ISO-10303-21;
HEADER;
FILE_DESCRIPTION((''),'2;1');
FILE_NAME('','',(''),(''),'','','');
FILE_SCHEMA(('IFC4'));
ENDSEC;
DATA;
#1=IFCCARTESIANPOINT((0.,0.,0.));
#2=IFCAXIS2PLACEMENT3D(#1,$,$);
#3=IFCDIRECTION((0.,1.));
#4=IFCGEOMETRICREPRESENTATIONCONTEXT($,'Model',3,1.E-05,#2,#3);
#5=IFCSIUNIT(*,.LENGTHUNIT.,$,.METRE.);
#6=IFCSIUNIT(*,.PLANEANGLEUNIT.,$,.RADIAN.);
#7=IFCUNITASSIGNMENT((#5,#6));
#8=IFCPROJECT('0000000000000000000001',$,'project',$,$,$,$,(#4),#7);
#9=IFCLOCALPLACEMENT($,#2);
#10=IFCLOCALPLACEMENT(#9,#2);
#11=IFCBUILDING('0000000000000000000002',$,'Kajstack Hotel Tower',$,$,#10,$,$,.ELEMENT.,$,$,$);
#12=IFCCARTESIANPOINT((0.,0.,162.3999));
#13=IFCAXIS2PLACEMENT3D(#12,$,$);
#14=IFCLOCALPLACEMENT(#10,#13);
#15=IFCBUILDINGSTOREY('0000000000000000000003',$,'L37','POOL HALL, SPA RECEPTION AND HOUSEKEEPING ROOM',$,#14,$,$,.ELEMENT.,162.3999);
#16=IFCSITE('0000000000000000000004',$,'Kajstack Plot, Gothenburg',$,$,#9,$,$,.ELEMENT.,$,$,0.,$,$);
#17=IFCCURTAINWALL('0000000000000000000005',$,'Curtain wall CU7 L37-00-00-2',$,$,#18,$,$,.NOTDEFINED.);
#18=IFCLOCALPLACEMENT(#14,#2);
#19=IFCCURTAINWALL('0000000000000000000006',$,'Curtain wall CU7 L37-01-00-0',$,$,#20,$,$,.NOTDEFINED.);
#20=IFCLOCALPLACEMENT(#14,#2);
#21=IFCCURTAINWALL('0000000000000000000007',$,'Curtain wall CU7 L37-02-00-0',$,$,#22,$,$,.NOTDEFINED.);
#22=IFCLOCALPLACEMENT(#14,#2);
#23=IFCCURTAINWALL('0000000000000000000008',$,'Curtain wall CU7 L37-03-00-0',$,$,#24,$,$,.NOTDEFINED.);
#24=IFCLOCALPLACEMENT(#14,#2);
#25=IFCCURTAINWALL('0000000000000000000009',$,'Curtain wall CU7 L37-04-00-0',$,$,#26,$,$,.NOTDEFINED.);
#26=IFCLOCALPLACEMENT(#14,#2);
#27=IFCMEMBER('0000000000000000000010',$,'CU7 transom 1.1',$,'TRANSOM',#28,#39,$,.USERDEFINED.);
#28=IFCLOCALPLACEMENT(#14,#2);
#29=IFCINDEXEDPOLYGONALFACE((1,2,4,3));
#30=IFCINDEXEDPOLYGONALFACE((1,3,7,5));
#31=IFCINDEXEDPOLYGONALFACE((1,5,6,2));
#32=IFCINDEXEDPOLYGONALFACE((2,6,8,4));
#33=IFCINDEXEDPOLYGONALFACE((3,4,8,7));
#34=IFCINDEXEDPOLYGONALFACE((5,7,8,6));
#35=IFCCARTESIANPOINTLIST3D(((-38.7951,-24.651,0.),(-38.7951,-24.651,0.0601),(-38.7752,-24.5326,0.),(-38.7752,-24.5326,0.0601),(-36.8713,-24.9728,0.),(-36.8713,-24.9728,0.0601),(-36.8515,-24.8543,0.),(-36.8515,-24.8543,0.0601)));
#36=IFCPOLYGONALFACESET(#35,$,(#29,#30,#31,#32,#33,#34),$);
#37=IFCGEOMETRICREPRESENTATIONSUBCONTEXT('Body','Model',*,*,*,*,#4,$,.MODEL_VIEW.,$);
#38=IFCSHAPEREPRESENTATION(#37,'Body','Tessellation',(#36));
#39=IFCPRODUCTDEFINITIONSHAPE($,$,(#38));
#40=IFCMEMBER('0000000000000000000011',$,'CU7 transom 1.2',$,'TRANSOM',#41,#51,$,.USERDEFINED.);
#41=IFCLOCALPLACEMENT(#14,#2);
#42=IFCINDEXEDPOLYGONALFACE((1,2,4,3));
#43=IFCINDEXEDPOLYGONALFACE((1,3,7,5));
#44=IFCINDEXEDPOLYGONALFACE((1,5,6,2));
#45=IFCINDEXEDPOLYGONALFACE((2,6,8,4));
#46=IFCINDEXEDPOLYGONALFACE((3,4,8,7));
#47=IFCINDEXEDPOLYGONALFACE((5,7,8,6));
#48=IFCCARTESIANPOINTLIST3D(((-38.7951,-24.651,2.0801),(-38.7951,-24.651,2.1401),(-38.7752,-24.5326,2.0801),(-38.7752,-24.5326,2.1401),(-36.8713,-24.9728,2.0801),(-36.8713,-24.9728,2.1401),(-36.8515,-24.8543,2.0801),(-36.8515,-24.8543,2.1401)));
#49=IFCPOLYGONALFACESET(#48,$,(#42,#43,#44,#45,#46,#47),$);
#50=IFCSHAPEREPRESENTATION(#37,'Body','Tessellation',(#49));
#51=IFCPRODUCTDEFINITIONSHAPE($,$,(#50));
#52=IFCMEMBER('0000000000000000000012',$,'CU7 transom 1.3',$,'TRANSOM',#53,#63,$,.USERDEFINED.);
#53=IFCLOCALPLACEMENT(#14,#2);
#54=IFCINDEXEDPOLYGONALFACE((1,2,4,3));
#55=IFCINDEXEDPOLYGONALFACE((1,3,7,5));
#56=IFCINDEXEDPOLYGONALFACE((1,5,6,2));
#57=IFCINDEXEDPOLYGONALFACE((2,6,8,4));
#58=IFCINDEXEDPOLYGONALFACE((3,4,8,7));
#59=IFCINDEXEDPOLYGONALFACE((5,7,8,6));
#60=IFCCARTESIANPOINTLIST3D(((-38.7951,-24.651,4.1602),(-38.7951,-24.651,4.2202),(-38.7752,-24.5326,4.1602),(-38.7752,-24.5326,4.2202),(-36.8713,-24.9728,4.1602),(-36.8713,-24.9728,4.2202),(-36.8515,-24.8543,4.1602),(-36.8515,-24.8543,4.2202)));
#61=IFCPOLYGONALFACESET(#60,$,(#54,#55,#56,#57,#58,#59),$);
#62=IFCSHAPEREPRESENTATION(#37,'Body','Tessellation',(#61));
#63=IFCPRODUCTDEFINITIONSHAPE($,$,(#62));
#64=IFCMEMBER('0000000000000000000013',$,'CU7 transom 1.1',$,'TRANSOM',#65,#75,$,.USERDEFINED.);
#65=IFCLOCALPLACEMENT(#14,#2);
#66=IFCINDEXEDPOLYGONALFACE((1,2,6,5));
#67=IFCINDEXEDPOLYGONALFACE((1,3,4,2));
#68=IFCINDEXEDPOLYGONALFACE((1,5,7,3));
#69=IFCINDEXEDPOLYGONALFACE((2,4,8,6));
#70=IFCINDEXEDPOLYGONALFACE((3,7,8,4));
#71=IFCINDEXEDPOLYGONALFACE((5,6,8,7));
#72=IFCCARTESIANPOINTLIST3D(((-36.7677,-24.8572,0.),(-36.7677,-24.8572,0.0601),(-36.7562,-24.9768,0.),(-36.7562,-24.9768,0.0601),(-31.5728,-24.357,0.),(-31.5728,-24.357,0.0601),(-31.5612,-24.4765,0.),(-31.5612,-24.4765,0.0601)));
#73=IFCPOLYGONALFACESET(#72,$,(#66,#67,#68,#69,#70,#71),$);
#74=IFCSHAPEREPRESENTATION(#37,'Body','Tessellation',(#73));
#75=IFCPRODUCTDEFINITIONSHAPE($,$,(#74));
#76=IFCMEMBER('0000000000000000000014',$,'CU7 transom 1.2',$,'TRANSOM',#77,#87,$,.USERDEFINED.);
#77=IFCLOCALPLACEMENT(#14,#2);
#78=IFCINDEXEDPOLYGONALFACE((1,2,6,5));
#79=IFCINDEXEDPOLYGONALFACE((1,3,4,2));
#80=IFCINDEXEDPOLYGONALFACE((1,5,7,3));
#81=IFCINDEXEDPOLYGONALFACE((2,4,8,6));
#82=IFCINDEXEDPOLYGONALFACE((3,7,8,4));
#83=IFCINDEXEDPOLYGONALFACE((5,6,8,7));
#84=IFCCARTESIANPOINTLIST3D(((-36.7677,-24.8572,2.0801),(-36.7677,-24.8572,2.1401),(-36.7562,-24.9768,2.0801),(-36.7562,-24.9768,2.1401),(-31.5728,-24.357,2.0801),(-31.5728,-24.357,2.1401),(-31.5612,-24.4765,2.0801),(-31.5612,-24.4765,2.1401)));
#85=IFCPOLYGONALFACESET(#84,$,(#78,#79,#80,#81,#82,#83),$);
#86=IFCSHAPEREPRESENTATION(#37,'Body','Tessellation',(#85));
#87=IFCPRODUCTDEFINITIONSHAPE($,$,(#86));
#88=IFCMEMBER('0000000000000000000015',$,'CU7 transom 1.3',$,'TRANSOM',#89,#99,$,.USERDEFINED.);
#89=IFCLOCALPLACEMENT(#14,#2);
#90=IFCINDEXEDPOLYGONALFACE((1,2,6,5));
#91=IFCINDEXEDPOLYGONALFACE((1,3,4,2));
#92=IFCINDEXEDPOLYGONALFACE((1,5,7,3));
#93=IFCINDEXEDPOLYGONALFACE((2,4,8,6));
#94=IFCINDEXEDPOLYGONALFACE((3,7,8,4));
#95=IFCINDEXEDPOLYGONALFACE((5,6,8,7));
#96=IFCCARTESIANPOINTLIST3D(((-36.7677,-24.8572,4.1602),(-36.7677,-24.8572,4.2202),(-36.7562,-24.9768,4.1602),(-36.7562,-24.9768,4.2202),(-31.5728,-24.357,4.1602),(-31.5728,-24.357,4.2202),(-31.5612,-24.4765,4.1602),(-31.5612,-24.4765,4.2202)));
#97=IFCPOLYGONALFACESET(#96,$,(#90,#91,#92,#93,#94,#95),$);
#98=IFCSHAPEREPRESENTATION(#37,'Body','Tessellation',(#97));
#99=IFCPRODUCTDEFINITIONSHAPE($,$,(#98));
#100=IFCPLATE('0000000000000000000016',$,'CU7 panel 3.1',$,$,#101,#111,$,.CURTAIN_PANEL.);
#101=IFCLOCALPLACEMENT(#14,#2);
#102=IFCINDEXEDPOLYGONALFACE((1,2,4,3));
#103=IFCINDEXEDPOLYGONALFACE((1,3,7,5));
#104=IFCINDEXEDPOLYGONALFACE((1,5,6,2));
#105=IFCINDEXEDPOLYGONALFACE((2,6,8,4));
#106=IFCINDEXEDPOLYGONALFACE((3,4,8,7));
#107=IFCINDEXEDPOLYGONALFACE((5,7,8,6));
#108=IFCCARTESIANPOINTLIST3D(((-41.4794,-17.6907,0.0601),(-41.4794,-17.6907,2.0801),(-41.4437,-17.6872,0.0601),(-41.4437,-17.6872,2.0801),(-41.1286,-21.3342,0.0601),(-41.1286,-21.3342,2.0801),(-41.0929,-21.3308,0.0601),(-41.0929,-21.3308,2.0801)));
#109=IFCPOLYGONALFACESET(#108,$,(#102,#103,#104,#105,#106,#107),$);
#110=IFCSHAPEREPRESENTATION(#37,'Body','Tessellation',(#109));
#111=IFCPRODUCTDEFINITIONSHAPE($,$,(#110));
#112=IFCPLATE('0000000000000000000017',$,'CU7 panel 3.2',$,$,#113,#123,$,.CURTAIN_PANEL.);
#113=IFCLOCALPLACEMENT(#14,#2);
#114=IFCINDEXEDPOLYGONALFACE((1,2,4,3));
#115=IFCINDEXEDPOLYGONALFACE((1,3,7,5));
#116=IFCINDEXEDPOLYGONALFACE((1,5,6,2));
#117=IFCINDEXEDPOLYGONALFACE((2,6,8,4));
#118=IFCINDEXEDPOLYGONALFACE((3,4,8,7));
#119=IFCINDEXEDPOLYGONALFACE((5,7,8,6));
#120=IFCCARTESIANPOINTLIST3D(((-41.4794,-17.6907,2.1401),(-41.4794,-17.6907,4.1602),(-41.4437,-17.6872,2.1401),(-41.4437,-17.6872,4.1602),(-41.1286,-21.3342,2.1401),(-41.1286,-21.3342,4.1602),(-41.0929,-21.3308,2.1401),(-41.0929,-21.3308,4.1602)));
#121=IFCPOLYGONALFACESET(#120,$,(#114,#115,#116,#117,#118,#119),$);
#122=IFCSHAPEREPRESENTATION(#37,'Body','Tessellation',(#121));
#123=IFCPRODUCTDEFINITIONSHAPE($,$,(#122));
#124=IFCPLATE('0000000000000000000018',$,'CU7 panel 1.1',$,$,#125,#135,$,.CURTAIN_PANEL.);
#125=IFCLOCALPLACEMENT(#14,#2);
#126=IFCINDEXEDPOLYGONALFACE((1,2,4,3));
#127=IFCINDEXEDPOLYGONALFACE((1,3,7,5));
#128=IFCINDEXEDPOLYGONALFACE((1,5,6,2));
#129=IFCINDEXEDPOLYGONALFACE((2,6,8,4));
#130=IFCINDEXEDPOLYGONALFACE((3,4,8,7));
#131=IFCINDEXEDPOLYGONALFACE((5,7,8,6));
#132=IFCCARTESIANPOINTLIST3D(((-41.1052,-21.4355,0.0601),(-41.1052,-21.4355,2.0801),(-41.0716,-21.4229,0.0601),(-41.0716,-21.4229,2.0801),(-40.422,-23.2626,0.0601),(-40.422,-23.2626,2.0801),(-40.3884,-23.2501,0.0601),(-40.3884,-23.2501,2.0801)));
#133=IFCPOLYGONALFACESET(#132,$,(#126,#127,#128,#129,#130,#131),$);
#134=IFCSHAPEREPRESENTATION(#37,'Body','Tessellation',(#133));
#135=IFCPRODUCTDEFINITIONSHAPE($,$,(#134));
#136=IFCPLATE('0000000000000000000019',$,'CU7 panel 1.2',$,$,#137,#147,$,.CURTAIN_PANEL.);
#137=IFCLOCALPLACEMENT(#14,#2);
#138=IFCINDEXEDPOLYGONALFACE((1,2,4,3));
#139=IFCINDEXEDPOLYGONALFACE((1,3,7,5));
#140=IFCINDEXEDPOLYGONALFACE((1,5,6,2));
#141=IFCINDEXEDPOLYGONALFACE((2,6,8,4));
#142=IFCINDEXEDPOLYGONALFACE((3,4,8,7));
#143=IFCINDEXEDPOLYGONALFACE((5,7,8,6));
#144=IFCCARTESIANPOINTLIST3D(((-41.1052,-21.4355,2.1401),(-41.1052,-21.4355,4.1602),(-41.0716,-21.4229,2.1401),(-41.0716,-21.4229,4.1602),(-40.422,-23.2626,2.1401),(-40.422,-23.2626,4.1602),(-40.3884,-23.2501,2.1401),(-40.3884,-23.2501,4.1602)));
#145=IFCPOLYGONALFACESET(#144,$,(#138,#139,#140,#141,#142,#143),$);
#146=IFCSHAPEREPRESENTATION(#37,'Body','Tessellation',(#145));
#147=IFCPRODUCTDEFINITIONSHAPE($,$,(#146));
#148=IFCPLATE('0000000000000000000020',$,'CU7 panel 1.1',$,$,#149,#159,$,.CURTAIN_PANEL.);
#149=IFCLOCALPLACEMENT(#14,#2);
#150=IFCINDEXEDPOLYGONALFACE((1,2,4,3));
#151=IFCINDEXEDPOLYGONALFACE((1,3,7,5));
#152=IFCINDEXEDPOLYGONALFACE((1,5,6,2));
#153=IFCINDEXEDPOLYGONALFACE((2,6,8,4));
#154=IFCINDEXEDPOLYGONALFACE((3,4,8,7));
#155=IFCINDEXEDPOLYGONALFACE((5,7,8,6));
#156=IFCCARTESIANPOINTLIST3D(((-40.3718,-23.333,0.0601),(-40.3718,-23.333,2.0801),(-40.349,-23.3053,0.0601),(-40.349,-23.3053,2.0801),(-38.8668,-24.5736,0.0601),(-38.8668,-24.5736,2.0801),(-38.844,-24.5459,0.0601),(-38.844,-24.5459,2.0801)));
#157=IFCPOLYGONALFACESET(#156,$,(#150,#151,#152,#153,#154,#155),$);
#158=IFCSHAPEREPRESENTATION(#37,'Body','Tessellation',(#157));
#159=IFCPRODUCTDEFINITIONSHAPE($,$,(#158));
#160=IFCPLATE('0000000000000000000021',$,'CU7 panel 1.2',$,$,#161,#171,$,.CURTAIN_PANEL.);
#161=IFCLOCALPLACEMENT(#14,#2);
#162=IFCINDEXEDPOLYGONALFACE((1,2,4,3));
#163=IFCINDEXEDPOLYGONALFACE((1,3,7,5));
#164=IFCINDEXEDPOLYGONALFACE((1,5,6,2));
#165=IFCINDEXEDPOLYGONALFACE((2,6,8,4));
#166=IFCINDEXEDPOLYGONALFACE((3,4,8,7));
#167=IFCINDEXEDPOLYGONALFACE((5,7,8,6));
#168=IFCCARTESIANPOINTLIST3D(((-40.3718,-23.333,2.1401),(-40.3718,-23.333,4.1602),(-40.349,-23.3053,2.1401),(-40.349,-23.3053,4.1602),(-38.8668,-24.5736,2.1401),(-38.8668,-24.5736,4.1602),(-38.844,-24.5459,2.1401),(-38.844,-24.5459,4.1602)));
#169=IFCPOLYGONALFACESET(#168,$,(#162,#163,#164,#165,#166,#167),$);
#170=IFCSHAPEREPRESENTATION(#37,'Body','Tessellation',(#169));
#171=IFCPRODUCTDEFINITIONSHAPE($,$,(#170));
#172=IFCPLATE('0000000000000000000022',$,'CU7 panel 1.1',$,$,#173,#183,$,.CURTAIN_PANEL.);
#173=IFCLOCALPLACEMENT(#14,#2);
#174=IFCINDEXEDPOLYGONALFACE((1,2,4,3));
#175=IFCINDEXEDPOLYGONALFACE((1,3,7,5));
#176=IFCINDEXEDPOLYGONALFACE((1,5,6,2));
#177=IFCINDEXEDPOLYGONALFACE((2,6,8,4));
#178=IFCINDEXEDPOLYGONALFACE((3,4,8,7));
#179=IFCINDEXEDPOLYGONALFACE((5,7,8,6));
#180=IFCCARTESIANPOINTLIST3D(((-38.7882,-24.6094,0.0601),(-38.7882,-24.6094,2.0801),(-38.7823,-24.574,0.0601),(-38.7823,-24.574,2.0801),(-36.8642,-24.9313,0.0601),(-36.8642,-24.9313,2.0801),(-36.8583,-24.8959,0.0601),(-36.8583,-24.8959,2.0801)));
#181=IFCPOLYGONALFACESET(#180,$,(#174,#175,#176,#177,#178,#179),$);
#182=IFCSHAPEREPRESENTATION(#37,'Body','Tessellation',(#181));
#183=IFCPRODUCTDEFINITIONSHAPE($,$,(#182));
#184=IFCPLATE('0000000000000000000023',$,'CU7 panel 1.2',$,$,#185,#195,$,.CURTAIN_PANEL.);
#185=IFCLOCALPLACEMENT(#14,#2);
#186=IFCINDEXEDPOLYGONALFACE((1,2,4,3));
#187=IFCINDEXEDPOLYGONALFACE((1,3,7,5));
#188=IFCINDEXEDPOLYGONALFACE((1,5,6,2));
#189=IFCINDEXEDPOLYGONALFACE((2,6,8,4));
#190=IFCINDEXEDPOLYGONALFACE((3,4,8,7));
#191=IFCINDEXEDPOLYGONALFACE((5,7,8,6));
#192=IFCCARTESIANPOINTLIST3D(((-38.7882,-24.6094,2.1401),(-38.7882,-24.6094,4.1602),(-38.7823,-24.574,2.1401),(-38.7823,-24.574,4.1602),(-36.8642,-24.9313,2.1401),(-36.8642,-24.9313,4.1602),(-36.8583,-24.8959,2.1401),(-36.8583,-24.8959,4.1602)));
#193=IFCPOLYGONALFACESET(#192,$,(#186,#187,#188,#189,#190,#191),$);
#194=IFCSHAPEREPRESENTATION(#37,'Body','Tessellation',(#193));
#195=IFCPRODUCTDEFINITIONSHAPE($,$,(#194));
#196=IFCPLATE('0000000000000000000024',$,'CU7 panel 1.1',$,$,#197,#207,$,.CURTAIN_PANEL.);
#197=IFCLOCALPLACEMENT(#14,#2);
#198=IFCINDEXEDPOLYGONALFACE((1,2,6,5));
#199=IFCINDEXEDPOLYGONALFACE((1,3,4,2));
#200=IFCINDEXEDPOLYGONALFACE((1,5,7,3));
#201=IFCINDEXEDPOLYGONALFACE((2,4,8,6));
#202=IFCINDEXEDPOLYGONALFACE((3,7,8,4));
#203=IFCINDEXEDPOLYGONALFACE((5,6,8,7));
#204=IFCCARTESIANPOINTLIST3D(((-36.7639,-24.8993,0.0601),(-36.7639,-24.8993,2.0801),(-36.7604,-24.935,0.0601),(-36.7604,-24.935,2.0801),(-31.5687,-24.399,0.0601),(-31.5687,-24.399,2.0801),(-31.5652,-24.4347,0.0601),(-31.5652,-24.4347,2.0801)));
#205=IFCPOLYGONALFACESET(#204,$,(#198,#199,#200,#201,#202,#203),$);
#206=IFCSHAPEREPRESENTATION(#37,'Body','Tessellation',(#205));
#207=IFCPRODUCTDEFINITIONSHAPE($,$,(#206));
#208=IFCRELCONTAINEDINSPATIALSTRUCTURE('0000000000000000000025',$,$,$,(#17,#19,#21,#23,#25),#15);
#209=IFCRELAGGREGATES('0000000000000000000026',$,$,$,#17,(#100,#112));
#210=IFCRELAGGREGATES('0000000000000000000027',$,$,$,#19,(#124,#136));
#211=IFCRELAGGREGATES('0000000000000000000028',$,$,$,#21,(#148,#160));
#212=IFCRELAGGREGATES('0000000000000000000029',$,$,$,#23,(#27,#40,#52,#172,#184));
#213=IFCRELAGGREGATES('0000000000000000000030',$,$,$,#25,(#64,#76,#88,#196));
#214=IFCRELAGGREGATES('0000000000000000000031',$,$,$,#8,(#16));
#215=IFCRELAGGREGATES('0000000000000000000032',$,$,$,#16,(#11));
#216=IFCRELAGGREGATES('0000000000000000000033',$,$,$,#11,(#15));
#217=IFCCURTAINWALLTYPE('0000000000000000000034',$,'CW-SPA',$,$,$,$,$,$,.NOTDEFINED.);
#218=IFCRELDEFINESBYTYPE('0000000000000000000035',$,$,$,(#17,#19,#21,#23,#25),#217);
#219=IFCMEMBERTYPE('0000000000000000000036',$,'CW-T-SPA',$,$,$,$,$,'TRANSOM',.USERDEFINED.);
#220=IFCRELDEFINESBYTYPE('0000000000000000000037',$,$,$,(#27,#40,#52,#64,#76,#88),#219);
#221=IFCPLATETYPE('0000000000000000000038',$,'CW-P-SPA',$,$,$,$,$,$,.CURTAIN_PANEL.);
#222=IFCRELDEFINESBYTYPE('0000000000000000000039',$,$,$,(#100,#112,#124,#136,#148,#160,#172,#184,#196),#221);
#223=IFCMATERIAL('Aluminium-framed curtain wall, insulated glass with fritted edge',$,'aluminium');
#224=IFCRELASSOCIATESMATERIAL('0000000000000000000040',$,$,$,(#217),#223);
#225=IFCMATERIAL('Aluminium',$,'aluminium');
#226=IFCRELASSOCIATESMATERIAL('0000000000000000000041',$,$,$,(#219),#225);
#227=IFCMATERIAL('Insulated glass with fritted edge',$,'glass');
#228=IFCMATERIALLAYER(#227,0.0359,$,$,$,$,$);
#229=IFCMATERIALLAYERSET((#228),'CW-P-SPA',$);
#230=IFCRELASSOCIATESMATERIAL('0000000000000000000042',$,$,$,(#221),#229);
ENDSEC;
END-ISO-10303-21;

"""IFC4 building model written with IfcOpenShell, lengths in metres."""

from ifc_helpers import new_model, si_unit, direction, frame, origin, origin_2d, place, context, subcontext, project, spatial, rectangle, extrude, material, layer, layer_set, material_profile, profile_set, type_object, element, aggregate, save


model = new_model("IFC4")

# Units and contexts
model_context = context("Model", 3, precision=1e-05, world=origin(), true_north=direction((0.0, 1.0)))
body_context = subcontext(model_context, "Body", "Model", "MODEL_VIEW")
ifc_project = project(units=[si_unit("LENGTHUNIT", "METRE"), si_unit("PLANEANGLEUNIT", "RADIAN")], contexts=[model_context])

# Site, building, storey
site_placement = place(None, origin())
site = spatial("IfcSite", under=ifc_project, at=site_placement, Name="Kajstack Plot, Gothenburg", CompositionType="ELEMENT", RefElevation=0.0)
building_placement = place(site_placement, origin())
building = spatial("IfcBuilding", under=site, at=building_placement, Name="Kajstack Hotel Tower", CompositionType="ELEMENT")
storey_placement = place(building_placement, frame((0.0, 0.0, 162.3999)))
storey = spatial("IfcBuildingStorey", under=building, at=storey_placement, Name="L37", Description="POOL HALL, SPA RECEPTION AND HOUSEKEEPING ROOM", CompositionType="ELEMENT", Elevation=162.3999)

# Curtain wall
ifc_material_1 = material(Name="Aluminium-framed curtain wall, insulated glass with fritted edge", Category="aluminium")
curtain_wall_type = type_object("IfcCurtainWallType", Name="CW-SPA", PredefinedType="NOTDEFINED", material=ifc_material_1)
curtain_wall_1_placement = place(storey_placement, origin())
curtain_wall_1 = element("IfcCurtainWall", 1, at=curtain_wall_1_placement, inside=storey, type_object=curtain_wall_type, Name="Curtain wall CU7 L37-00-00-2", PredefinedType="NOTDEFINED")
ifc_material_2 = material(Name="Aluminium", Category="aluminium")

# Curtain walls
curtain_wall_2_placement = place(storey_placement, origin())
curtain_wall_2 = element("IfcCurtainWall", 2, at=curtain_wall_2_placement, inside=storey, type_object=curtain_wall_type, Name="Curtain wall CU7 L37-01-00-0", PredefinedType="NOTDEFINED")
curtain_wall_3_placement = place(storey_placement, origin())
curtain_wall_3 = element("IfcCurtainWall", 3, at=curtain_wall_3_placement, inside=storey, type_object=curtain_wall_type, Name="Curtain wall CU7 L37-02-00-0", PredefinedType="NOTDEFINED")
curtain_wall_4_placement = place(storey_placement, origin())
curtain_wall_4 = element("IfcCurtainWall", 4, at=curtain_wall_4_placement, inside=storey, type_object=curtain_wall_type, Name="Curtain wall CU7 L37-03-00-0", PredefinedType="NOTDEFINED")

# Curtain wall
curtain_wall_5_placement = place(storey_placement, origin())
curtain_wall_5 = element("IfcCurtainWall", 5, at=curtain_wall_5_placement, inside=storey, type_object=curtain_wall_type, Name="Curtain wall CU7 L37-04-00-0", PredefinedType="NOTDEFINED")

# Members
ifc_material_profile_1 = material_profile(ifc_material_2, rectangle(XDim=0.1201, YDim=0.0601, at=origin_2d()), Name="Aluminium transom 120 x 60")
ifc_profile_set_1 = profile_set([ifc_material_profile_1], Name="Aluminium")
member_type_1 = type_object("IfcMemberType", Name="CW-T-SPA", ElementType="TRANSOM", PredefinedType="USERDEFINED", material=ifc_profile_set_1)
member_1_placement = place(storey_placement, frame((-38.7852, -24.5918, 0.03), z_axis=(0.986299, -0.164967, 0.0), x_axis=(0.164967, 0.986299, 0.0)))
member_1 = element("IfcMember", 6, at=member_1_placement, type_object=member_type_1, Name="CU7 transom 1.1", ObjectType="TRANSOM", PredefinedType="USERDEFINED", context=body_context, shape_type="SweptSolid", body=[
    extrude(rectangle(XDim=0.1201, YDim=0.0601, at=origin_2d()), origin(), (0.0, 0.0, 1.0), 1.9504),
])
member_2_placement = place(storey_placement, frame((-38.7852, -24.5918, 2.1101), z_axis=(0.986299, -0.164967, 0.0), x_axis=(0.164967, 0.986299, 0.0)))
member_2 = element("IfcMember", 7, at=member_2_placement, type_object=member_type_1, Name="CU7 transom 1.2", ObjectType="TRANSOM", PredefinedType="USERDEFINED", context=body_context, shape_type="SweptSolid", body=[
    extrude(rectangle(XDim=0.1201, YDim=0.0601, at=origin_2d()), origin(), (0.0, 0.0, 1.0), 1.9504),
])
member_3_placement = place(storey_placement, frame((-38.7852, -24.5918, 4.1902), z_axis=(0.986299, -0.164967, 0.0), x_axis=(0.164967, 0.986299, 0.0)))
member_3 = element("IfcMember", 8, at=member_3_placement, type_object=member_type_1, Name="CU7 transom 1.3", ObjectType="TRANSOM", PredefinedType="USERDEFINED", context=body_context, shape_type="SweptSolid", body=[
    extrude(rectangle(XDim=0.1201, YDim=0.0601, at=origin_2d()), origin(), (0.0, 0.0, 1.0), 1.9504),
])
member_4_placement = place(storey_placement, frame((-36.762, -24.917, 0.03), z_axis=(0.995396, 0.095849, 0.0), x_axis=(-0.095849, 0.995396, 0.0)))
member_4 = element("IfcMember", 9, at=member_4_placement, type_object=member_type_1, Name="CU7 transom 1.1", ObjectType="TRANSOM", PredefinedType="USERDEFINED", context=body_context, shape_type="SweptSolid", body=[
    extrude(rectangle(XDim=0.1201, YDim=0.0601, at=origin_2d()), origin(), (0.0, 0.0, 1.0), 5.219),
])
member_5_placement = place(storey_placement, frame((-36.762, -24.917, 2.1101), z_axis=(0.995396, 0.095849, 0.0), x_axis=(-0.095849, 0.995396, 0.0)))
member_5 = element("IfcMember", 10, at=member_5_placement, type_object=member_type_1, Name="CU7 transom 1.2", ObjectType="TRANSOM", PredefinedType="USERDEFINED", context=body_context, shape_type="SweptSolid", body=[
    extrude(rectangle(XDim=0.1201, YDim=0.0601, at=origin_2d()), origin(), (0.0, 0.0, 1.0), 5.219),
])
member_6_placement = place(storey_placement, frame((-36.762, -24.917, 4.1902), z_axis=(0.995396, 0.095849, 0.0), x_axis=(-0.095849, 0.995396, 0.0)))
member_6 = element("IfcMember", 11, at=member_6_placement, type_object=member_type_1, Name="CU7 transom 1.3", ObjectType="TRANSOM", PredefinedType="USERDEFINED", context=body_context, shape_type="SweptSolid", body=[
    extrude(rectangle(XDim=0.1201, YDim=0.0601, at=origin_2d()), origin(), (0.0, 0.0, 1.0), 5.219),
])

# Plates
ifc_material_3 = material(Name="Insulated glass with fritted edge", Category="glass")
ifc_layer_1 = layer(ifc_material_3, 0.0359)
ifc_layer_set_1 = layer_set([ifc_layer_1], Name="CW-P-SPA")
plate_type = type_object("IfcPlateType", Name="CW-P-SPA", PredefinedType="CURTAIN_PANEL", material=ifc_layer_set_1)
plate_1_placement = place(storey_placement, frame((-41.2861, -19.5107, 0.0601), z_axis=(0.0, 0.0, 1.0), x_axis=(0.095844, -0.995396, 0.0)))
plate_1 = element("IfcPlate", 12, at=plate_1_placement, type_object=plate_type, Name="CU7 panel 3.1", PredefinedType="CURTAIN_PANEL", context=body_context, shape_type="SweptSolid", body=[
    extrude(rectangle(XDim=3.6604, YDim=0.0359, at=origin_2d()), origin(), (0.0, 0.0, 1.0), 2.02),
])
plate_2_placement = place(storey_placement, frame((-41.2861, -19.5107, 2.1401), z_axis=(0.0, 0.0, 1.0), x_axis=(0.095844, -0.995396, 0.0)))
plate_2 = element("IfcPlate", 13, at=plate_2_placement, type_object=plate_type, Name="CU7 panel 3.2", PredefinedType="CURTAIN_PANEL", context=body_context, shape_type="SweptSolid", body=[
    extrude(rectangle(XDim=3.6604, YDim=0.0359, at=origin_2d()), origin(), (0.0, 0.0, 1.0), 2.02),
])
aggregate(curtain_wall_1, [plate_1, plate_2])
plate_3_placement = place(storey_placement, frame((-40.7468, -22.3428, 0.0601), z_axis=(0.0, 0.0, 1.0), x_axis=(0.350229, -0.936664, 0.0)))
plate_3 = element("IfcPlate", 14, at=plate_3_placement, type_object=plate_type, Name="CU7 panel 1.1", PredefinedType="CURTAIN_PANEL", context=body_context, shape_type="SweptSolid", body=[
    extrude(rectangle(XDim=1.9507, YDim=0.0359, at=origin_2d()), origin(), (0.0, 0.0, 1.0), 2.02),
])
plate_4_placement = place(storey_placement, frame((-40.7468, -22.3428, 2.1401), z_axis=(0.0, 0.0, 1.0), x_axis=(0.350229, -0.936664, 0.0)))
plate_4 = element("IfcPlate", 15, at=plate_4_placement, type_object=plate_type, Name="CU7 panel 1.2", PredefinedType="CURTAIN_PANEL", context=body_context, shape_type="SweptSolid", body=[
    extrude(rectangle(XDim=1.9507, YDim=0.0359, at=origin_2d()), origin(), (0.0, 0.0, 1.0), 2.02),
])
aggregate(curtain_wall_2, [plate_3, plate_4])
plate_5_placement = place(storey_placement, frame((-39.6079, -23.9395, 0.0601), z_axis=(0.0, 0.0, 1.0), x_axis=(0.771615, -0.63609, 0.0)))
plate_5 = element("IfcPlate", 16, at=plate_5_placement, type_object=plate_type, Name="CU7 panel 1.1", PredefinedType="CURTAIN_PANEL", context=body_context, shape_type="SweptSolid", body=[
    extrude(rectangle(XDim=1.9504, YDim=0.0359, at=origin_2d()), origin(), (0.0, 0.0, 1.0), 2.02),
])
plate_6_placement = place(storey_placement, frame((-39.6079, -23.9395, 2.1401), z_axis=(0.0, 0.0, 1.0), x_axis=(0.771615, -0.63609, 0.0)))
plate_6 = element("IfcPlate", 17, at=plate_6_placement, type_object=plate_type, Name="CU7 panel 1.2", PredefinedType="CURTAIN_PANEL", context=body_context, shape_type="SweptSolid", body=[
    extrude(rectangle(XDim=1.9504, YDim=0.0359, at=origin_2d()), origin(), (0.0, 0.0, 1.0), 2.02),
])
aggregate(curtain_wall_3, [plate_5, plate_6])
plate_7_placement = place(storey_placement, frame((-37.8232, -24.7527, 0.0601), z_axis=(0.0, 0.0, 1.0), x_axis=(0.986289, -0.165025, 0.0)))
plate_7 = element("IfcPlate", 18, at=plate_7_placement, type_object=plate_type, Name="CU7 panel 1.1", PredefinedType="CURTAIN_PANEL", context=body_context, shape_type="SweptSolid", body=[
    extrude(rectangle(XDim=1.9507, YDim=0.0359, at=origin_2d()), origin(), (0.0, 0.0, 1.0), 2.02),
])
plate_8_placement = place(storey_placement, frame((-37.8232, -24.7527, 2.1401), z_axis=(0.0, 0.0, 1.0), x_axis=(0.986289, -0.165025, 0.0)))
plate_8 = element("IfcPlate", 19, at=plate_8_placement, type_object=plate_type, Name="CU7 panel 1.2", PredefinedType="CURTAIN_PANEL", context=body_context, shape_type="SweptSolid", body=[
    extrude(rectangle(XDim=1.9507, YDim=0.0359, at=origin_2d()), origin(), (0.0, 0.0, 1.0), 2.02),
])
aggregate(curtain_wall_4, [member_1, member_2, member_3, plate_7, plate_8])
plate_9_placement = place(storey_placement, frame((-34.1646, -24.667, 0.0601), z_axis=(0.0, 0.0, 1.0), x_axis=(0.995396, 0.095845, 0.0)))
plate_9 = element("IfcPlate", 20, at=plate_9_placement, type_object=plate_type, Name="CU7 panel 1.1", PredefinedType="CURTAIN_PANEL", context=body_context, shape_type="SweptSolid", body=[
    extrude(rectangle(XDim=5.2192, YDim=0.0359, at=origin_2d()), origin(), (0.0, 0.0, 1.0), 2.02),
])
aggregate(curtain_wall_5, [member_4, member_5, member_6, plate_9])

save(model, "model.ifc")
